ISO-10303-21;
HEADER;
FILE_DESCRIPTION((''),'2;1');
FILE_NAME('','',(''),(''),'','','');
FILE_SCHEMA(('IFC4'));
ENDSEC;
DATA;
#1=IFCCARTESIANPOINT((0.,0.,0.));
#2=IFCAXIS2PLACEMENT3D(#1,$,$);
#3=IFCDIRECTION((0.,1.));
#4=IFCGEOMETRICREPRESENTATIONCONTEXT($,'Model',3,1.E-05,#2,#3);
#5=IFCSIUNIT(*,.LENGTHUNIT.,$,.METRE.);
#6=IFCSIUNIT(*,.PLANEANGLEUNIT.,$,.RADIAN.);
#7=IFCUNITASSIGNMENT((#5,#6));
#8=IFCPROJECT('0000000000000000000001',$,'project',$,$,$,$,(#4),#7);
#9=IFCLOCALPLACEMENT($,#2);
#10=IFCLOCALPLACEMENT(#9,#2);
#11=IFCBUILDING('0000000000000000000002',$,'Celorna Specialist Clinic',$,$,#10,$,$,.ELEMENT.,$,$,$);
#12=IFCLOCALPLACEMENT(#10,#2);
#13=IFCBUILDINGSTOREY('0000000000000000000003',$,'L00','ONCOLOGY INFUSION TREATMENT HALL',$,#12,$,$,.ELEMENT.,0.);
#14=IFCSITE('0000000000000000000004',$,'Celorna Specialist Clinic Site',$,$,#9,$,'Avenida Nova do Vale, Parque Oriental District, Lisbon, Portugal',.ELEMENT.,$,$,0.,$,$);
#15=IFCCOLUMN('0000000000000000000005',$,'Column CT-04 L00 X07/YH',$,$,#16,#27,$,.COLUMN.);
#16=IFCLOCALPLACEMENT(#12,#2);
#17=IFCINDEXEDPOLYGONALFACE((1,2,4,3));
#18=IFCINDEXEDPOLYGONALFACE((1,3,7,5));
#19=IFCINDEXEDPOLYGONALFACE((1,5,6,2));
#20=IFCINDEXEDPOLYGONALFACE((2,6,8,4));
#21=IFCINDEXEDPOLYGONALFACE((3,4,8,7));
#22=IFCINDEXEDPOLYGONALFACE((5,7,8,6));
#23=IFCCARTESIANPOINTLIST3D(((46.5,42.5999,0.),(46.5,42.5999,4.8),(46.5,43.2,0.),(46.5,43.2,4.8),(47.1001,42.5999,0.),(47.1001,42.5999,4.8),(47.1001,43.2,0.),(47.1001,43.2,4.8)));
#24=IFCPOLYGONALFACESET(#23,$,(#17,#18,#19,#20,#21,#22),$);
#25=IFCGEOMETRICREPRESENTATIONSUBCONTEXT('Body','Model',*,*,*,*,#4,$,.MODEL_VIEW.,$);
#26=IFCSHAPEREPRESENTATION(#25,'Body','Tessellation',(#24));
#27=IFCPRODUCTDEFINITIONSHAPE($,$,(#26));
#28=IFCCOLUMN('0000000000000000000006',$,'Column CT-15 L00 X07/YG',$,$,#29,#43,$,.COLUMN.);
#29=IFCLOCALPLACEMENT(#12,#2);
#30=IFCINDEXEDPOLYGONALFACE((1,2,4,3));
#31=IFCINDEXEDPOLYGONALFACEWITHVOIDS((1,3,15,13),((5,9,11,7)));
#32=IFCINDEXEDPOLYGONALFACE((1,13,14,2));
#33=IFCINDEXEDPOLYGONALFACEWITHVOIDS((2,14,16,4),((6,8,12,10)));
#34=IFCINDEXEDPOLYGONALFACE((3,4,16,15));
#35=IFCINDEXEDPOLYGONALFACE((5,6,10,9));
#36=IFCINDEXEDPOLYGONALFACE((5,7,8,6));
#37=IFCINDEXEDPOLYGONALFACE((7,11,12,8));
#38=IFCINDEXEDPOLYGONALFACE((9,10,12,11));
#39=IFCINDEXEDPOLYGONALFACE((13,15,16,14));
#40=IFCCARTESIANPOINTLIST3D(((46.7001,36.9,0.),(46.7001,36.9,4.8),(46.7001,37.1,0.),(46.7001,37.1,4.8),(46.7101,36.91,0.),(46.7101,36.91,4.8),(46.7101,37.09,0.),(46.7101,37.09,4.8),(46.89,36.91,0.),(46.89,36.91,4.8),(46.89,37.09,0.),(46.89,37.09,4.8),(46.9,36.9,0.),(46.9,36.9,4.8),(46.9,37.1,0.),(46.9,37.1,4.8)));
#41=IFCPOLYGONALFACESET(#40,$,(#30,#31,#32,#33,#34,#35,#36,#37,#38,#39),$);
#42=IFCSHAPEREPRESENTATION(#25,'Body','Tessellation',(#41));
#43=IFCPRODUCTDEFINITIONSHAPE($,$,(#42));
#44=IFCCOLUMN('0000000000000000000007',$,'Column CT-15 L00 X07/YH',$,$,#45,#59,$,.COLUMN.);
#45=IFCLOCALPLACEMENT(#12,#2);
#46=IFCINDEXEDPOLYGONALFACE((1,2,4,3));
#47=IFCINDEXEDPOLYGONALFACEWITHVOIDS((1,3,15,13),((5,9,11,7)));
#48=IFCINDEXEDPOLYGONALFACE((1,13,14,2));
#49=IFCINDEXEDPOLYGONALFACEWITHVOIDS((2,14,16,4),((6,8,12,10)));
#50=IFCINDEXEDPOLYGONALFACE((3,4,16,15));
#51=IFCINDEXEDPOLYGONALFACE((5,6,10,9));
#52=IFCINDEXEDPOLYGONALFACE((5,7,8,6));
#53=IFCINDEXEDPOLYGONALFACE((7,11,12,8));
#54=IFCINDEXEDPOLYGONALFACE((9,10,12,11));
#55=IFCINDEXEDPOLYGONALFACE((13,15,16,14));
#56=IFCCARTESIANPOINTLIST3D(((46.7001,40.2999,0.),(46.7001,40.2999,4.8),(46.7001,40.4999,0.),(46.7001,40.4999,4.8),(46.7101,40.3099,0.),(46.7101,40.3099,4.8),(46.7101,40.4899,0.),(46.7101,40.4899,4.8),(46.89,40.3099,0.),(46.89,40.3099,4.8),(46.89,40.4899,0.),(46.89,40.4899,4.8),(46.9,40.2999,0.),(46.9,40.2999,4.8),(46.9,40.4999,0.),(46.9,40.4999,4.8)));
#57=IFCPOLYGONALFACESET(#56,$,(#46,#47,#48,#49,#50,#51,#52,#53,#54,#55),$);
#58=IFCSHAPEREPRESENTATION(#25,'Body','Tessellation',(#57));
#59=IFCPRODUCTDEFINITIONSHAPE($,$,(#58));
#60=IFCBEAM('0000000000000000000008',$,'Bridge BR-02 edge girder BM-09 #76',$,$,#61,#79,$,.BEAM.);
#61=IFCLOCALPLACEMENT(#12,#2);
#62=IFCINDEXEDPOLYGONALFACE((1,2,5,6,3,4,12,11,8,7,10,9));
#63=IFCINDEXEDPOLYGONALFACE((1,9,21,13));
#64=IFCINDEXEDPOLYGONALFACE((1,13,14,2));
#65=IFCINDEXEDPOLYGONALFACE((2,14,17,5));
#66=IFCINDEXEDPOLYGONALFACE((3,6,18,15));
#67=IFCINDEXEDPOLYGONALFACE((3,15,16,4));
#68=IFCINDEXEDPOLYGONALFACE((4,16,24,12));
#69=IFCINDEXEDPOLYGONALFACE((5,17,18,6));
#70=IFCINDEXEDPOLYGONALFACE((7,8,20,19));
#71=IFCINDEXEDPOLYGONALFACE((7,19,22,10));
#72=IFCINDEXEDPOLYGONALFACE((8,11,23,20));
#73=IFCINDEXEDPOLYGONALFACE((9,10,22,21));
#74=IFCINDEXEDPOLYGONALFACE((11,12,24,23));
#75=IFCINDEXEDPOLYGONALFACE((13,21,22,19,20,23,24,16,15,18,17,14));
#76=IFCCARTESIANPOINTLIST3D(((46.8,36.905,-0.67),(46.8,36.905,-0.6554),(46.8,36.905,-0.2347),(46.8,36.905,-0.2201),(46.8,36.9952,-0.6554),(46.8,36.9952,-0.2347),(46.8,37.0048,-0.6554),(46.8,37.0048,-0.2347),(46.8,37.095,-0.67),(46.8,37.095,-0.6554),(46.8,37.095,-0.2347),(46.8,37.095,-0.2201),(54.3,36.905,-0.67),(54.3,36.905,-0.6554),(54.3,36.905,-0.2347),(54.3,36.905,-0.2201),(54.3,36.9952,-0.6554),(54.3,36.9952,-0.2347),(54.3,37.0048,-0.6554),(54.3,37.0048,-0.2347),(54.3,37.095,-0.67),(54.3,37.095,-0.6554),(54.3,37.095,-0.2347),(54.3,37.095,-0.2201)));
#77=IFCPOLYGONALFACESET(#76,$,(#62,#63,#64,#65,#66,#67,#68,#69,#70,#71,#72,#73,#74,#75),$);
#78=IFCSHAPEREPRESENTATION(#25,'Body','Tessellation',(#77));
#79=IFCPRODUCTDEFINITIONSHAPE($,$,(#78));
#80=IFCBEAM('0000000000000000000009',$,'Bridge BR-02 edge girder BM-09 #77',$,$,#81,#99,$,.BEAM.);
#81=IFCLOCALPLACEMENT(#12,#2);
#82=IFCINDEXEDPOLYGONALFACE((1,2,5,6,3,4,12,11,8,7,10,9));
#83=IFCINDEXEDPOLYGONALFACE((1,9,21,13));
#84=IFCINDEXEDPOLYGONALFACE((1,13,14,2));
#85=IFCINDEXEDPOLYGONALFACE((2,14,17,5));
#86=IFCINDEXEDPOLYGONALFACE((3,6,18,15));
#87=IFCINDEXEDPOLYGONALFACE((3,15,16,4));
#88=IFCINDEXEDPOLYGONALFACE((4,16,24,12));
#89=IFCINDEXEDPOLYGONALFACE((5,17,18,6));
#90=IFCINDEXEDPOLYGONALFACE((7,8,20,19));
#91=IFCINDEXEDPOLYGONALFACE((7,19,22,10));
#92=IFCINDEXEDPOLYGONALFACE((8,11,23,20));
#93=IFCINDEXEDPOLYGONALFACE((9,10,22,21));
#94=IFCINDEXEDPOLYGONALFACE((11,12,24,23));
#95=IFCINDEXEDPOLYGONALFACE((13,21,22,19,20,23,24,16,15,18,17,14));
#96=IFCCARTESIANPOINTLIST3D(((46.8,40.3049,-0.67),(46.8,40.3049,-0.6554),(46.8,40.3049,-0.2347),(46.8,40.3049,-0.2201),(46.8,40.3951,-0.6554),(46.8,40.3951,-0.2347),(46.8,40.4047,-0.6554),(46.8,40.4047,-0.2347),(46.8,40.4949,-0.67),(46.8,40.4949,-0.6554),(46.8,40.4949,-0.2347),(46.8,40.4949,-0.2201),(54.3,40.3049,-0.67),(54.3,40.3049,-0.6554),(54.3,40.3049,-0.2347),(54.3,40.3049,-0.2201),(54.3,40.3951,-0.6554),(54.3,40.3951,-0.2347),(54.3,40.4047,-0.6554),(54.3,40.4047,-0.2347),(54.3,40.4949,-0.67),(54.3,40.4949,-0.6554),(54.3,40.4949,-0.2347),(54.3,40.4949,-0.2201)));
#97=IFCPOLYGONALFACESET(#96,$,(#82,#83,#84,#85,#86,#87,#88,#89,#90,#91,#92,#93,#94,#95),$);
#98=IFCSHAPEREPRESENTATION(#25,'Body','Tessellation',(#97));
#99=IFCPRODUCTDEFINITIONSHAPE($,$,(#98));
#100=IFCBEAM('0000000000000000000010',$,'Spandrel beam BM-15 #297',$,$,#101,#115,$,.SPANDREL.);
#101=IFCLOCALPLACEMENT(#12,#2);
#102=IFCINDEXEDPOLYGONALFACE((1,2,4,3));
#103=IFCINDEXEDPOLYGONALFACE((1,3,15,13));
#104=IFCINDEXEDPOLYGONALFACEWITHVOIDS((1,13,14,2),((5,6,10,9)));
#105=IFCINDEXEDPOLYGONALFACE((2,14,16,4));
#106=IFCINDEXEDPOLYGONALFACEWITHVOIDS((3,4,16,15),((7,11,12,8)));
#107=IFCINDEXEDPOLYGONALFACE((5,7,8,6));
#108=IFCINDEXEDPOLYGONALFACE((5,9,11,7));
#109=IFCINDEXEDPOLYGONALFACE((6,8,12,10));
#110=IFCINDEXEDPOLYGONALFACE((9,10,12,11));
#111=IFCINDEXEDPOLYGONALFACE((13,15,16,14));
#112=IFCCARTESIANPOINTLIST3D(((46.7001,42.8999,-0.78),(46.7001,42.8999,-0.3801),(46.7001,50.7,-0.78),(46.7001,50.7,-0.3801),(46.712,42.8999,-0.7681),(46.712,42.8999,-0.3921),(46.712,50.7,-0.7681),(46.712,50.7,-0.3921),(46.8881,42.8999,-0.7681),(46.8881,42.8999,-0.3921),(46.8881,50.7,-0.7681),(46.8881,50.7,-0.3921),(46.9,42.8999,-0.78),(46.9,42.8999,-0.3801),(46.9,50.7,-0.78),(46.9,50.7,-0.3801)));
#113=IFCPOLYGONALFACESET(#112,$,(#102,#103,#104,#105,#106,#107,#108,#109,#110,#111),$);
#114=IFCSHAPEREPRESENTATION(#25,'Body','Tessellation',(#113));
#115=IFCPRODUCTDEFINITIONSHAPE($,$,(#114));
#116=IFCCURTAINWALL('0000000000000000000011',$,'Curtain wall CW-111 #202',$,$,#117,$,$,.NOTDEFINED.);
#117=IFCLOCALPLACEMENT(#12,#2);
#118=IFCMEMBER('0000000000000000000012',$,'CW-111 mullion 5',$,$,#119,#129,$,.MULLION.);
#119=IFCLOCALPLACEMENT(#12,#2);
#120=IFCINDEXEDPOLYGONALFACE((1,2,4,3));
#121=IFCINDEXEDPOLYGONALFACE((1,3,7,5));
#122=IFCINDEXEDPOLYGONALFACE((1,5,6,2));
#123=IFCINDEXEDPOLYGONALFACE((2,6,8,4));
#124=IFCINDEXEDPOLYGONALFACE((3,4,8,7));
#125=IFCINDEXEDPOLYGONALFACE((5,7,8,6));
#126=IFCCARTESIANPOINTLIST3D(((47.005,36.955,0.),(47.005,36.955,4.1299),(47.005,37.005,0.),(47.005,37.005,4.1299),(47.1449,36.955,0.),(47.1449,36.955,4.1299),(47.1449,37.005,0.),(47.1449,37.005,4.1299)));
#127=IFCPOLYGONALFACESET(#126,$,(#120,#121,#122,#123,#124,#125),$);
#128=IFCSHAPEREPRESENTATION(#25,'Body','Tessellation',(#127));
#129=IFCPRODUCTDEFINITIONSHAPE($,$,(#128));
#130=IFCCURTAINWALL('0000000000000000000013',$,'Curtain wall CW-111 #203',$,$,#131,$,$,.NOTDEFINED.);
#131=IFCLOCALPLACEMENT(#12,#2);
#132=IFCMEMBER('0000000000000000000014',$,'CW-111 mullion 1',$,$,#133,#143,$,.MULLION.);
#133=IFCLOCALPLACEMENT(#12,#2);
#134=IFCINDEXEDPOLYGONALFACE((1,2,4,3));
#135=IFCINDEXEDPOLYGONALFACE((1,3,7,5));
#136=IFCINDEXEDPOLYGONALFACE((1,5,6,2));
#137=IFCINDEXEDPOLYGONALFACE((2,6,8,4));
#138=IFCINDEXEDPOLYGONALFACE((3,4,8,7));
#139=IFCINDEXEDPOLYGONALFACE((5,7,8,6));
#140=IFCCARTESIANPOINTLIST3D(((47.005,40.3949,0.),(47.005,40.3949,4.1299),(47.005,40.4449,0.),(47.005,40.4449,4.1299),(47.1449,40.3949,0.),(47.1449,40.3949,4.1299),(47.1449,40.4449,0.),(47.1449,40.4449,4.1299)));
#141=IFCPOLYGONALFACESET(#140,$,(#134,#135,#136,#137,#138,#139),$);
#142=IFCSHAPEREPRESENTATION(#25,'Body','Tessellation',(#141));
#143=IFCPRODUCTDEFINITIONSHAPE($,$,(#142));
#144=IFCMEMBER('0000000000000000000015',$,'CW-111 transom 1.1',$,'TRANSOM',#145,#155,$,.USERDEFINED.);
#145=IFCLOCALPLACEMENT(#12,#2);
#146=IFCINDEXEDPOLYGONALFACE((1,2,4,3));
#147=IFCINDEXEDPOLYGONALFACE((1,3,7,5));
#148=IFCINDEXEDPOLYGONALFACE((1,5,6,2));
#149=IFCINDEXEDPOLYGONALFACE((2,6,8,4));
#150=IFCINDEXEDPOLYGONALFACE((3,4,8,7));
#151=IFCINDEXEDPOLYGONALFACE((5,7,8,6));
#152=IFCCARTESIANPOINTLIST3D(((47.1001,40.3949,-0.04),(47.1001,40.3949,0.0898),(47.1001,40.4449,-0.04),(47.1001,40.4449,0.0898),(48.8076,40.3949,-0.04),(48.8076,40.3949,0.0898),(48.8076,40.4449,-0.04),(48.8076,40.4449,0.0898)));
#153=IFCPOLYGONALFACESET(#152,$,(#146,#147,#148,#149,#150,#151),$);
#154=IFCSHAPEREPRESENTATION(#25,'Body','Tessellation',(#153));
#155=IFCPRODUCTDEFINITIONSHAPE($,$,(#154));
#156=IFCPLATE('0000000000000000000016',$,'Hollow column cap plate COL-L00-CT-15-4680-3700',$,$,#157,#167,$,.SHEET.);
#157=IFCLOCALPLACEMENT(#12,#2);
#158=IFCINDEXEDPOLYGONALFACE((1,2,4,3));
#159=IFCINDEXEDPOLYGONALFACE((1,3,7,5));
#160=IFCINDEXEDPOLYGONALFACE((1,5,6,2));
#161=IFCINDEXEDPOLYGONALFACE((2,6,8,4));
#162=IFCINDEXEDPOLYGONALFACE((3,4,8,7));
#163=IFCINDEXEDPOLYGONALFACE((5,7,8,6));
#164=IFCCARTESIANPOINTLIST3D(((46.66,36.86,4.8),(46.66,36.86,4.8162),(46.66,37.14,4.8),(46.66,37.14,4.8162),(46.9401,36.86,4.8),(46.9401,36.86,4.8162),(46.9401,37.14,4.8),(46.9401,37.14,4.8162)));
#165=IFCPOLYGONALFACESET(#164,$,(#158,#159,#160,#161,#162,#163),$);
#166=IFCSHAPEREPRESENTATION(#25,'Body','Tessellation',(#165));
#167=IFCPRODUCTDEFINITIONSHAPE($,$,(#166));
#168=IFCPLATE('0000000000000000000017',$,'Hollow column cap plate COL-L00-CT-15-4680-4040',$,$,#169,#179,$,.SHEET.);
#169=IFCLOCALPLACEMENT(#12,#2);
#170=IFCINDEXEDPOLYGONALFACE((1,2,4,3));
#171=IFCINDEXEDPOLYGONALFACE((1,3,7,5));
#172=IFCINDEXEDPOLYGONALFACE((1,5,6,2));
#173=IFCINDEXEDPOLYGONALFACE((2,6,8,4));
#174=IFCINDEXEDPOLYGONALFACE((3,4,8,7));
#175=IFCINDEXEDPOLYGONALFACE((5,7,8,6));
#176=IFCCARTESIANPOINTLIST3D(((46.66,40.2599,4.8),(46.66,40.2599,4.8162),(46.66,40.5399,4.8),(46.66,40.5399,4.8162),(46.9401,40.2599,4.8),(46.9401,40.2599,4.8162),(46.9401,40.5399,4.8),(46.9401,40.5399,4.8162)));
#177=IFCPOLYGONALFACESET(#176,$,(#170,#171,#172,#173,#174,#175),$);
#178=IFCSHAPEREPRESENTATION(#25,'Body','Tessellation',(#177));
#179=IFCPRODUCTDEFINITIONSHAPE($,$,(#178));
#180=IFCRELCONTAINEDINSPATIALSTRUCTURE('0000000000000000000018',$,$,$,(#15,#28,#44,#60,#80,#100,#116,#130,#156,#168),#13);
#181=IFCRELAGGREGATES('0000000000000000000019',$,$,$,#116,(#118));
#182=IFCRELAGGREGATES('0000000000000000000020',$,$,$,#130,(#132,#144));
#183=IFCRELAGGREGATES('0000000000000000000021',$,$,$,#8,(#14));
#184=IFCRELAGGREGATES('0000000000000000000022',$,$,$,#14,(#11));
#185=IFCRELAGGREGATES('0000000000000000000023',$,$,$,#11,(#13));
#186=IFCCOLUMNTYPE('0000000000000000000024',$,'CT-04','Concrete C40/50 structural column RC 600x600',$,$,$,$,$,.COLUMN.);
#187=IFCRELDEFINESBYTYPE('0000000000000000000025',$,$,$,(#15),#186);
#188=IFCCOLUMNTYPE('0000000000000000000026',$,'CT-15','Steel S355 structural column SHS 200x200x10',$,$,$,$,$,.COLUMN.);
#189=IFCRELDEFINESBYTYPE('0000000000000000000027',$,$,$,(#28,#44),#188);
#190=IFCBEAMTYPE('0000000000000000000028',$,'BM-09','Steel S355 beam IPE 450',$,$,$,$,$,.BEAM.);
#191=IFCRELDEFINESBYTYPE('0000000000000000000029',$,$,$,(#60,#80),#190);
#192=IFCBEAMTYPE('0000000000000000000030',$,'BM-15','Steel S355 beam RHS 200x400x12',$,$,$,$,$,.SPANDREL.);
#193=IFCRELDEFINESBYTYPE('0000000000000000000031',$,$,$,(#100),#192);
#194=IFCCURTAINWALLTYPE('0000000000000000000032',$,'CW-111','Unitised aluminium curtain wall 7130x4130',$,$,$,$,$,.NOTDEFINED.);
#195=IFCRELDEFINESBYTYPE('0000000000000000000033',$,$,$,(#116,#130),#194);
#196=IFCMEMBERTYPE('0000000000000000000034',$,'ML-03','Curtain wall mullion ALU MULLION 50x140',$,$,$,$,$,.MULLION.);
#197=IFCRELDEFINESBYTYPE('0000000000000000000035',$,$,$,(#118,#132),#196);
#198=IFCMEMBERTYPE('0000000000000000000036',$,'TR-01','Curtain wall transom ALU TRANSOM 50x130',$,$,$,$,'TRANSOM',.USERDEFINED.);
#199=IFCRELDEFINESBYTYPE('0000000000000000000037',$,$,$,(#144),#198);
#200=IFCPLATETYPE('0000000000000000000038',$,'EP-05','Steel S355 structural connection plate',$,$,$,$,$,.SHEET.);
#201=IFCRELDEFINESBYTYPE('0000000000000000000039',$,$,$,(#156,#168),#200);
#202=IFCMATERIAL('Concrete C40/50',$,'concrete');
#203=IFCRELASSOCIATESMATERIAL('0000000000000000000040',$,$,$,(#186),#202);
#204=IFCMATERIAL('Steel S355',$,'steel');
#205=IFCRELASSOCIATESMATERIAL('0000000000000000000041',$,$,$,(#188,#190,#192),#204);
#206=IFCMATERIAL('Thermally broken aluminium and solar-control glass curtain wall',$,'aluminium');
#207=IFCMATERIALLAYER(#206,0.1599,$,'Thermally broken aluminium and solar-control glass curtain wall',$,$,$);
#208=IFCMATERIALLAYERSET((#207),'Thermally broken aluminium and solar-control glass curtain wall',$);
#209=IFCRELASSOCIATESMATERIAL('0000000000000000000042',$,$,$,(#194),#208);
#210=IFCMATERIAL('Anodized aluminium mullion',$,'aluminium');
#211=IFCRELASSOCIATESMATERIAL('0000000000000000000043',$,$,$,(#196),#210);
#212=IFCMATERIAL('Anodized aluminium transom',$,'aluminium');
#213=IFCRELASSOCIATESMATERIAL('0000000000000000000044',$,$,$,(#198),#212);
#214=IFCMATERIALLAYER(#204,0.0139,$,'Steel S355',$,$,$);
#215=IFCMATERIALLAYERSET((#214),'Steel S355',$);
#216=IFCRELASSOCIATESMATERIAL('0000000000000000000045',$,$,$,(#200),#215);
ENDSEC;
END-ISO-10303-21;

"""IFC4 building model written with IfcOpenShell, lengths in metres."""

from ifc_helpers import new_model, si_unit, direction, frame, origin, origin_2d, place, context, subcontext, project, spatial, rectangle, hollow_rectangle, i_section, extrude, material, layer, layer_set, material_profile, profile_set, type_object, element, aggregate, save


model = new_model("IFC4")

# Units and contexts
model_context = context("Model", 3, precision=1e-05, world=origin(), true_north=direction((0.0, 1.0)))
body_context = subcontext(model_context, "Body", "Model", "MODEL_VIEW")
ifc_project = project(units=[si_unit("LENGTHUNIT", "METRE"), si_unit("PLANEANGLEUNIT", "RADIAN")], contexts=[model_context])

# Site, building, storey
site_placement = place(None, origin())
site = spatial("IfcSite", under=ifc_project, at=site_placement, Name="Celorna Specialist Clinic Site", LongName="Avenida Nova do Vale, Parque Oriental District, Lisbon, Portugal", CompositionType="ELEMENT", RefElevation=0.0)
building_placement = place(site_placement, origin())
building = spatial("IfcBuilding", under=site, at=building_placement, Name="Celorna Specialist Clinic", CompositionType="ELEMENT")
storey_placement = place(building_placement, origin())
storey = spatial("IfcBuildingStorey", under=building, at=storey_placement, Name="L00", Description="ONCOLOGY INFUSION TREATMENT HALL", CompositionType="ELEMENT", Elevation=0.0)

# Columns
ifc_material_1 = material(Name="Concrete C40/50", Category="concrete")
ifc_material_profile_1 = material_profile(ifc_material_1, rectangle(XDim=0.6001, YDim=0.6001, at=origin_2d()), Name="RC 600x600")
ifc_profile_set_1 = profile_set([ifc_material_profile_1], Name="Concrete C40/50")
column_type_1 = type_object("IfcColumnType", Name="CT-04", Description="Concrete C40/50 structural column RC 600x600", PredefinedType="COLUMN", material=ifc_profile_set_1)
column_placement = place(storey_placement, frame((46.8, 42.8999, 0.0), z_axis=(0.0, 0.0, 1.0), x_axis=(1.0, 0.0, 0.0)))
element("IfcColumn", 1, at=column_placement, inside=storey, type_object=column_type_1, Name="Column CT-04 L00 X07/YH", PredefinedType="COLUMN", context=body_context, shape_type="SweptSolid", body=[
    extrude(rectangle(XDim=0.6001, YDim=0.6001, at=origin_2d()), origin(), (0.0, 0.0, 1.0), 4.8),
])
ifc_material_2 = material(Name="Steel S355", Category="steel")
ifc_material_profile_2 = material_profile(ifc_material_2, hollow_rectangle(XDim=0.2, YDim=0.2, WallThickness=0.01, at=origin_2d()), Name="SHS 200x200x10")
ifc_profile_set_2 = profile_set([ifc_material_profile_2], Name="Steel S355")
column_type_2 = type_object("IfcColumnType", Name="CT-15", Description="Steel S355 structural column SHS 200x200x10", PredefinedType="COLUMN", material=ifc_profile_set_2)
for number, where, z_axis, x_axis, name in (
    (2, (46.8, 37.0, 0.0), (0.0, 0.0, 1.0), (1.0, 0.0, 0.0), "Column CT-15 L00 X07/YG"),
    (3, (46.8, 40.3999, 0.0), (0.0, 0.0, 1.0), (1.0, 0.0, 0.0), "Column CT-15 L00 X07/YH"),
):
    element("IfcColumn", number, at=place(storey_placement, frame(where, z_axis=z_axis, x_axis=x_axis)), inside=storey, type_object=column_type_2, Name=name, PredefinedType="COLUMN", context=body_context, shape_type="SweptSolid", body=[
        extrude(hollow_rectangle(XDim=0.2, YDim=0.2, WallThickness=0.01, at=origin_2d()), origin(), (0.0, 0.0, 1.0), 4.8),
    ])

# Beams
ifc_material_profile_3 = material_profile(ifc_material_2, i_section(OverallWidth=0.1899, OverallDepth=0.45, WebThickness=0.0095, FlangeThickness=0.0146, at=origin_2d()), Name="IPE 450")
ifc_profile_set_3 = profile_set([ifc_material_profile_3], Name="Steel S355")
beam_type_1 = type_object("IfcBeamType", Name="BM-09", Description="Steel S355 beam IPE 450", PredefinedType="BEAM", material=ifc_profile_set_3)
for number, where, z_axis, x_axis, name in (
    (4, (46.8, 37.0, -0.4451), (1.0, 0.0, 0.0), (0.0, 1.0, 0.0), "Bridge BR-02 edge girder BM-09 #76"),
    (5, (46.8, 40.3999, -0.4451), (1.0, 0.0, 0.0), (0.0, 1.0, 0.0), "Bridge BR-02 edge girder BM-09 #77"),
):
    element("IfcBeam", number, at=place(storey_placement, frame(where, z_axis=z_axis, x_axis=x_axis)), inside=storey, type_object=beam_type_1, Name=name, PredefinedType="BEAM", context=body_context, shape_type="SweptSolid", body=[
        extrude(i_section(OverallWidth=0.1899, OverallDepth=0.45, WebThickness=0.0095, FlangeThickness=0.0146, at=origin_2d()), origin(), (0.0, 0.0, 1.0), 7.5),
    ])
ifc_material_profile_4 = material_profile(ifc_material_2, hollow_rectangle(XDim=0.2, YDim=0.3999, WallThickness=0.012, at=origin_2d()), Name="RHS 200x400x12")
ifc_profile_set_4 = profile_set([ifc_material_profile_4], Name="Steel S355")
beam_type_2 = type_object("IfcBeamType", Name="BM-15", Description="Steel S355 beam RHS 200x400x12", PredefinedType="SPANDREL", material=ifc_profile_set_4)
beam_placement = place(storey_placement, frame((46.8, 42.8999, -0.5801), z_axis=(0.0, 1.0, 0.0), x_axis=(-1.0, 0.0, 0.0)))
element("IfcBeam", 6, at=beam_placement, inside=storey, type_object=beam_type_2, Name="Spandrel beam BM-15 #297", PredefinedType="SPANDREL", context=body_context, shape_type="SweptSolid", body=[
    extrude(hollow_rectangle(XDim=0.2, YDim=0.3999, WallThickness=0.012, at=origin_2d()), origin(), (0.0, 0.0, 1.0), 7.8),
])

# Curtain wall, member
ifc_material_3 = material(Name="Thermally broken aluminium and solar-control glass curtain wall", Category="aluminium")
ifc_layer_1 = layer(ifc_material_3, 0.1599, Name="Thermally broken aluminium and solar-control glass curtain wall")
ifc_layer_set_1 = layer_set([ifc_layer_1], Name="Thermally broken aluminium and solar-control glass curtain wall")
curtain_wall_type = type_object("IfcCurtainWallType", Name="CW-111", Description="Unitised aluminium curtain wall 7130x4130", PredefinedType="NOTDEFINED", material=ifc_layer_set_1)
curtain_wall_1_placement = place(storey_placement, origin())
curtain_wall_1 = element("IfcCurtainWall", 7, at=curtain_wall_1_placement, inside=storey, type_object=curtain_wall_type, Name="Curtain wall CW-111 #202", PredefinedType="NOTDEFINED")
ifc_material_4 = material(Name="Anodized aluminium mullion", Category="aluminium")
ifc_material_profile_5 = material_profile(ifc_material_4, rectangle(XDim=0.05, YDim=0.1399, at=origin_2d()), Name="ALU MULLION 50x140")
ifc_profile_set_5 = profile_set([ifc_material_profile_5], Name="Anodized aluminium mullion")
member_type_1 = type_object("IfcMemberType", Name="ML-03", Description="Curtain wall mullion ALU MULLION 50x140", PredefinedType="MULLION", material=ifc_profile_set_5)
member_1_placement = place(storey_placement, frame((47.075, 36.98, 0.0), z_axis=(0.0, 0.0, 1.0), x_axis=(0.0, -1.0, 0.0)))
member_1 = element("IfcMember", 8, at=member_1_placement, type_object=member_type_1, Name="CW-111 mullion 5", PredefinedType="MULLION", context=body_context, shape_type="SweptSolid", body=[
    extrude(rectangle(XDim=0.05, YDim=0.1399, at=origin_2d()), origin(), (0.0, 0.0, 1.0), 4.1299),
])
aggregate(curtain_wall_1, [member_1])

# Curtain wall, members
curtain_wall_2_placement = place(storey_placement, origin())
curtain_wall_2 = element("IfcCurtainWall", 9, at=curtain_wall_2_placement, inside=storey, type_object=curtain_wall_type, Name="Curtain wall CW-111 #203", PredefinedType="NOTDEFINED")
member_2_placement = place(storey_placement, frame((47.075, 40.4199, 0.0), z_axis=(0.0, 0.0, 1.0), x_axis=(0.0, 1.0, 0.0)))
member_2 = element("IfcMember", 10, at=member_2_placement, type_object=member_type_1, Name="CW-111 mullion 1", PredefinedType="MULLION", context=body_context, shape_type="SweptSolid", body=[
    extrude(rectangle(XDim=0.05, YDim=0.1399, at=origin_2d()), origin(), (0.0, 0.0, 1.0), 4.1299),
])
ifc_material_5 = material(Name="Anodized aluminium transom", Category="aluminium")
ifc_material_profile_6 = material_profile(ifc_material_5, rectangle(XDim=0.05, YDim=0.1299, at=origin_2d()), Name="ALU TRANSOM 50x130")
ifc_profile_set_6 = profile_set([ifc_material_profile_6], Name="Anodized aluminium transom")
member_type_2 = type_object("IfcMemberType", Name="TR-01", Description="Curtain wall transom ALU TRANSOM 50x130", ElementType="TRANSOM", PredefinedType="USERDEFINED", material=ifc_profile_set_6)
member_3_placement = place(storey_placement, frame((47.1001, 40.4199, 0.0249), z_axis=(1.0, 0.0, 0.0), x_axis=(0.0, 1.0, 0.0)))
member_3 = element("IfcMember", 11, at=member_3_placement, type_object=member_type_2, Name="CW-111 transom 1.1", ObjectType="TRANSOM", PredefinedType="USERDEFINED", context=body_context, shape_type="SweptSolid", body=[
    extrude(rectangle(XDim=0.05, YDim=0.1299, at=origin_2d()), origin(), (0.0, 0.0, 1.0), 1.7075),
])
aggregate(curtain_wall_2, [member_2, member_3])

# Plates
ifc_layer_2 = layer(ifc_material_2, 0.0139, Name="Steel S355")
ifc_layer_set_2 = layer_set([ifc_layer_2], Name="Steel S355")
plate_type = type_object("IfcPlateType", Name="EP-05", Description="Steel S355 structural connection plate", PredefinedType="SHEET", material=ifc_layer_set_2)
for number, where, z_axis, x_axis, name in (
    (12, (46.8, 37.0, 4.8), (0.0, 0.0, 1.0), (1.0, 0.0, 0.0), "Hollow column cap plate COL-L00-CT-15-4680-3700"),
    (13, (46.8, 40.3999, 4.8), (0.0, 0.0, 1.0), (1.0, 0.0, 0.0), "Hollow column cap plate COL-L00-CT-15-4680-4040"),
):
    element("IfcPlate", number, at=place(storey_placement, frame(where, z_axis=z_axis, x_axis=x_axis)), inside=storey, type_object=plate_type, Name=name, PredefinedType="SHEET", context=body_context, shape_type="SweptSolid", body=[
        extrude(rectangle(XDim=0.28, YDim=0.28, at=origin_2d()), origin(), (0.0, 0.0, 1.0), 0.0161),
    ])

save(model, "model.ifc")
